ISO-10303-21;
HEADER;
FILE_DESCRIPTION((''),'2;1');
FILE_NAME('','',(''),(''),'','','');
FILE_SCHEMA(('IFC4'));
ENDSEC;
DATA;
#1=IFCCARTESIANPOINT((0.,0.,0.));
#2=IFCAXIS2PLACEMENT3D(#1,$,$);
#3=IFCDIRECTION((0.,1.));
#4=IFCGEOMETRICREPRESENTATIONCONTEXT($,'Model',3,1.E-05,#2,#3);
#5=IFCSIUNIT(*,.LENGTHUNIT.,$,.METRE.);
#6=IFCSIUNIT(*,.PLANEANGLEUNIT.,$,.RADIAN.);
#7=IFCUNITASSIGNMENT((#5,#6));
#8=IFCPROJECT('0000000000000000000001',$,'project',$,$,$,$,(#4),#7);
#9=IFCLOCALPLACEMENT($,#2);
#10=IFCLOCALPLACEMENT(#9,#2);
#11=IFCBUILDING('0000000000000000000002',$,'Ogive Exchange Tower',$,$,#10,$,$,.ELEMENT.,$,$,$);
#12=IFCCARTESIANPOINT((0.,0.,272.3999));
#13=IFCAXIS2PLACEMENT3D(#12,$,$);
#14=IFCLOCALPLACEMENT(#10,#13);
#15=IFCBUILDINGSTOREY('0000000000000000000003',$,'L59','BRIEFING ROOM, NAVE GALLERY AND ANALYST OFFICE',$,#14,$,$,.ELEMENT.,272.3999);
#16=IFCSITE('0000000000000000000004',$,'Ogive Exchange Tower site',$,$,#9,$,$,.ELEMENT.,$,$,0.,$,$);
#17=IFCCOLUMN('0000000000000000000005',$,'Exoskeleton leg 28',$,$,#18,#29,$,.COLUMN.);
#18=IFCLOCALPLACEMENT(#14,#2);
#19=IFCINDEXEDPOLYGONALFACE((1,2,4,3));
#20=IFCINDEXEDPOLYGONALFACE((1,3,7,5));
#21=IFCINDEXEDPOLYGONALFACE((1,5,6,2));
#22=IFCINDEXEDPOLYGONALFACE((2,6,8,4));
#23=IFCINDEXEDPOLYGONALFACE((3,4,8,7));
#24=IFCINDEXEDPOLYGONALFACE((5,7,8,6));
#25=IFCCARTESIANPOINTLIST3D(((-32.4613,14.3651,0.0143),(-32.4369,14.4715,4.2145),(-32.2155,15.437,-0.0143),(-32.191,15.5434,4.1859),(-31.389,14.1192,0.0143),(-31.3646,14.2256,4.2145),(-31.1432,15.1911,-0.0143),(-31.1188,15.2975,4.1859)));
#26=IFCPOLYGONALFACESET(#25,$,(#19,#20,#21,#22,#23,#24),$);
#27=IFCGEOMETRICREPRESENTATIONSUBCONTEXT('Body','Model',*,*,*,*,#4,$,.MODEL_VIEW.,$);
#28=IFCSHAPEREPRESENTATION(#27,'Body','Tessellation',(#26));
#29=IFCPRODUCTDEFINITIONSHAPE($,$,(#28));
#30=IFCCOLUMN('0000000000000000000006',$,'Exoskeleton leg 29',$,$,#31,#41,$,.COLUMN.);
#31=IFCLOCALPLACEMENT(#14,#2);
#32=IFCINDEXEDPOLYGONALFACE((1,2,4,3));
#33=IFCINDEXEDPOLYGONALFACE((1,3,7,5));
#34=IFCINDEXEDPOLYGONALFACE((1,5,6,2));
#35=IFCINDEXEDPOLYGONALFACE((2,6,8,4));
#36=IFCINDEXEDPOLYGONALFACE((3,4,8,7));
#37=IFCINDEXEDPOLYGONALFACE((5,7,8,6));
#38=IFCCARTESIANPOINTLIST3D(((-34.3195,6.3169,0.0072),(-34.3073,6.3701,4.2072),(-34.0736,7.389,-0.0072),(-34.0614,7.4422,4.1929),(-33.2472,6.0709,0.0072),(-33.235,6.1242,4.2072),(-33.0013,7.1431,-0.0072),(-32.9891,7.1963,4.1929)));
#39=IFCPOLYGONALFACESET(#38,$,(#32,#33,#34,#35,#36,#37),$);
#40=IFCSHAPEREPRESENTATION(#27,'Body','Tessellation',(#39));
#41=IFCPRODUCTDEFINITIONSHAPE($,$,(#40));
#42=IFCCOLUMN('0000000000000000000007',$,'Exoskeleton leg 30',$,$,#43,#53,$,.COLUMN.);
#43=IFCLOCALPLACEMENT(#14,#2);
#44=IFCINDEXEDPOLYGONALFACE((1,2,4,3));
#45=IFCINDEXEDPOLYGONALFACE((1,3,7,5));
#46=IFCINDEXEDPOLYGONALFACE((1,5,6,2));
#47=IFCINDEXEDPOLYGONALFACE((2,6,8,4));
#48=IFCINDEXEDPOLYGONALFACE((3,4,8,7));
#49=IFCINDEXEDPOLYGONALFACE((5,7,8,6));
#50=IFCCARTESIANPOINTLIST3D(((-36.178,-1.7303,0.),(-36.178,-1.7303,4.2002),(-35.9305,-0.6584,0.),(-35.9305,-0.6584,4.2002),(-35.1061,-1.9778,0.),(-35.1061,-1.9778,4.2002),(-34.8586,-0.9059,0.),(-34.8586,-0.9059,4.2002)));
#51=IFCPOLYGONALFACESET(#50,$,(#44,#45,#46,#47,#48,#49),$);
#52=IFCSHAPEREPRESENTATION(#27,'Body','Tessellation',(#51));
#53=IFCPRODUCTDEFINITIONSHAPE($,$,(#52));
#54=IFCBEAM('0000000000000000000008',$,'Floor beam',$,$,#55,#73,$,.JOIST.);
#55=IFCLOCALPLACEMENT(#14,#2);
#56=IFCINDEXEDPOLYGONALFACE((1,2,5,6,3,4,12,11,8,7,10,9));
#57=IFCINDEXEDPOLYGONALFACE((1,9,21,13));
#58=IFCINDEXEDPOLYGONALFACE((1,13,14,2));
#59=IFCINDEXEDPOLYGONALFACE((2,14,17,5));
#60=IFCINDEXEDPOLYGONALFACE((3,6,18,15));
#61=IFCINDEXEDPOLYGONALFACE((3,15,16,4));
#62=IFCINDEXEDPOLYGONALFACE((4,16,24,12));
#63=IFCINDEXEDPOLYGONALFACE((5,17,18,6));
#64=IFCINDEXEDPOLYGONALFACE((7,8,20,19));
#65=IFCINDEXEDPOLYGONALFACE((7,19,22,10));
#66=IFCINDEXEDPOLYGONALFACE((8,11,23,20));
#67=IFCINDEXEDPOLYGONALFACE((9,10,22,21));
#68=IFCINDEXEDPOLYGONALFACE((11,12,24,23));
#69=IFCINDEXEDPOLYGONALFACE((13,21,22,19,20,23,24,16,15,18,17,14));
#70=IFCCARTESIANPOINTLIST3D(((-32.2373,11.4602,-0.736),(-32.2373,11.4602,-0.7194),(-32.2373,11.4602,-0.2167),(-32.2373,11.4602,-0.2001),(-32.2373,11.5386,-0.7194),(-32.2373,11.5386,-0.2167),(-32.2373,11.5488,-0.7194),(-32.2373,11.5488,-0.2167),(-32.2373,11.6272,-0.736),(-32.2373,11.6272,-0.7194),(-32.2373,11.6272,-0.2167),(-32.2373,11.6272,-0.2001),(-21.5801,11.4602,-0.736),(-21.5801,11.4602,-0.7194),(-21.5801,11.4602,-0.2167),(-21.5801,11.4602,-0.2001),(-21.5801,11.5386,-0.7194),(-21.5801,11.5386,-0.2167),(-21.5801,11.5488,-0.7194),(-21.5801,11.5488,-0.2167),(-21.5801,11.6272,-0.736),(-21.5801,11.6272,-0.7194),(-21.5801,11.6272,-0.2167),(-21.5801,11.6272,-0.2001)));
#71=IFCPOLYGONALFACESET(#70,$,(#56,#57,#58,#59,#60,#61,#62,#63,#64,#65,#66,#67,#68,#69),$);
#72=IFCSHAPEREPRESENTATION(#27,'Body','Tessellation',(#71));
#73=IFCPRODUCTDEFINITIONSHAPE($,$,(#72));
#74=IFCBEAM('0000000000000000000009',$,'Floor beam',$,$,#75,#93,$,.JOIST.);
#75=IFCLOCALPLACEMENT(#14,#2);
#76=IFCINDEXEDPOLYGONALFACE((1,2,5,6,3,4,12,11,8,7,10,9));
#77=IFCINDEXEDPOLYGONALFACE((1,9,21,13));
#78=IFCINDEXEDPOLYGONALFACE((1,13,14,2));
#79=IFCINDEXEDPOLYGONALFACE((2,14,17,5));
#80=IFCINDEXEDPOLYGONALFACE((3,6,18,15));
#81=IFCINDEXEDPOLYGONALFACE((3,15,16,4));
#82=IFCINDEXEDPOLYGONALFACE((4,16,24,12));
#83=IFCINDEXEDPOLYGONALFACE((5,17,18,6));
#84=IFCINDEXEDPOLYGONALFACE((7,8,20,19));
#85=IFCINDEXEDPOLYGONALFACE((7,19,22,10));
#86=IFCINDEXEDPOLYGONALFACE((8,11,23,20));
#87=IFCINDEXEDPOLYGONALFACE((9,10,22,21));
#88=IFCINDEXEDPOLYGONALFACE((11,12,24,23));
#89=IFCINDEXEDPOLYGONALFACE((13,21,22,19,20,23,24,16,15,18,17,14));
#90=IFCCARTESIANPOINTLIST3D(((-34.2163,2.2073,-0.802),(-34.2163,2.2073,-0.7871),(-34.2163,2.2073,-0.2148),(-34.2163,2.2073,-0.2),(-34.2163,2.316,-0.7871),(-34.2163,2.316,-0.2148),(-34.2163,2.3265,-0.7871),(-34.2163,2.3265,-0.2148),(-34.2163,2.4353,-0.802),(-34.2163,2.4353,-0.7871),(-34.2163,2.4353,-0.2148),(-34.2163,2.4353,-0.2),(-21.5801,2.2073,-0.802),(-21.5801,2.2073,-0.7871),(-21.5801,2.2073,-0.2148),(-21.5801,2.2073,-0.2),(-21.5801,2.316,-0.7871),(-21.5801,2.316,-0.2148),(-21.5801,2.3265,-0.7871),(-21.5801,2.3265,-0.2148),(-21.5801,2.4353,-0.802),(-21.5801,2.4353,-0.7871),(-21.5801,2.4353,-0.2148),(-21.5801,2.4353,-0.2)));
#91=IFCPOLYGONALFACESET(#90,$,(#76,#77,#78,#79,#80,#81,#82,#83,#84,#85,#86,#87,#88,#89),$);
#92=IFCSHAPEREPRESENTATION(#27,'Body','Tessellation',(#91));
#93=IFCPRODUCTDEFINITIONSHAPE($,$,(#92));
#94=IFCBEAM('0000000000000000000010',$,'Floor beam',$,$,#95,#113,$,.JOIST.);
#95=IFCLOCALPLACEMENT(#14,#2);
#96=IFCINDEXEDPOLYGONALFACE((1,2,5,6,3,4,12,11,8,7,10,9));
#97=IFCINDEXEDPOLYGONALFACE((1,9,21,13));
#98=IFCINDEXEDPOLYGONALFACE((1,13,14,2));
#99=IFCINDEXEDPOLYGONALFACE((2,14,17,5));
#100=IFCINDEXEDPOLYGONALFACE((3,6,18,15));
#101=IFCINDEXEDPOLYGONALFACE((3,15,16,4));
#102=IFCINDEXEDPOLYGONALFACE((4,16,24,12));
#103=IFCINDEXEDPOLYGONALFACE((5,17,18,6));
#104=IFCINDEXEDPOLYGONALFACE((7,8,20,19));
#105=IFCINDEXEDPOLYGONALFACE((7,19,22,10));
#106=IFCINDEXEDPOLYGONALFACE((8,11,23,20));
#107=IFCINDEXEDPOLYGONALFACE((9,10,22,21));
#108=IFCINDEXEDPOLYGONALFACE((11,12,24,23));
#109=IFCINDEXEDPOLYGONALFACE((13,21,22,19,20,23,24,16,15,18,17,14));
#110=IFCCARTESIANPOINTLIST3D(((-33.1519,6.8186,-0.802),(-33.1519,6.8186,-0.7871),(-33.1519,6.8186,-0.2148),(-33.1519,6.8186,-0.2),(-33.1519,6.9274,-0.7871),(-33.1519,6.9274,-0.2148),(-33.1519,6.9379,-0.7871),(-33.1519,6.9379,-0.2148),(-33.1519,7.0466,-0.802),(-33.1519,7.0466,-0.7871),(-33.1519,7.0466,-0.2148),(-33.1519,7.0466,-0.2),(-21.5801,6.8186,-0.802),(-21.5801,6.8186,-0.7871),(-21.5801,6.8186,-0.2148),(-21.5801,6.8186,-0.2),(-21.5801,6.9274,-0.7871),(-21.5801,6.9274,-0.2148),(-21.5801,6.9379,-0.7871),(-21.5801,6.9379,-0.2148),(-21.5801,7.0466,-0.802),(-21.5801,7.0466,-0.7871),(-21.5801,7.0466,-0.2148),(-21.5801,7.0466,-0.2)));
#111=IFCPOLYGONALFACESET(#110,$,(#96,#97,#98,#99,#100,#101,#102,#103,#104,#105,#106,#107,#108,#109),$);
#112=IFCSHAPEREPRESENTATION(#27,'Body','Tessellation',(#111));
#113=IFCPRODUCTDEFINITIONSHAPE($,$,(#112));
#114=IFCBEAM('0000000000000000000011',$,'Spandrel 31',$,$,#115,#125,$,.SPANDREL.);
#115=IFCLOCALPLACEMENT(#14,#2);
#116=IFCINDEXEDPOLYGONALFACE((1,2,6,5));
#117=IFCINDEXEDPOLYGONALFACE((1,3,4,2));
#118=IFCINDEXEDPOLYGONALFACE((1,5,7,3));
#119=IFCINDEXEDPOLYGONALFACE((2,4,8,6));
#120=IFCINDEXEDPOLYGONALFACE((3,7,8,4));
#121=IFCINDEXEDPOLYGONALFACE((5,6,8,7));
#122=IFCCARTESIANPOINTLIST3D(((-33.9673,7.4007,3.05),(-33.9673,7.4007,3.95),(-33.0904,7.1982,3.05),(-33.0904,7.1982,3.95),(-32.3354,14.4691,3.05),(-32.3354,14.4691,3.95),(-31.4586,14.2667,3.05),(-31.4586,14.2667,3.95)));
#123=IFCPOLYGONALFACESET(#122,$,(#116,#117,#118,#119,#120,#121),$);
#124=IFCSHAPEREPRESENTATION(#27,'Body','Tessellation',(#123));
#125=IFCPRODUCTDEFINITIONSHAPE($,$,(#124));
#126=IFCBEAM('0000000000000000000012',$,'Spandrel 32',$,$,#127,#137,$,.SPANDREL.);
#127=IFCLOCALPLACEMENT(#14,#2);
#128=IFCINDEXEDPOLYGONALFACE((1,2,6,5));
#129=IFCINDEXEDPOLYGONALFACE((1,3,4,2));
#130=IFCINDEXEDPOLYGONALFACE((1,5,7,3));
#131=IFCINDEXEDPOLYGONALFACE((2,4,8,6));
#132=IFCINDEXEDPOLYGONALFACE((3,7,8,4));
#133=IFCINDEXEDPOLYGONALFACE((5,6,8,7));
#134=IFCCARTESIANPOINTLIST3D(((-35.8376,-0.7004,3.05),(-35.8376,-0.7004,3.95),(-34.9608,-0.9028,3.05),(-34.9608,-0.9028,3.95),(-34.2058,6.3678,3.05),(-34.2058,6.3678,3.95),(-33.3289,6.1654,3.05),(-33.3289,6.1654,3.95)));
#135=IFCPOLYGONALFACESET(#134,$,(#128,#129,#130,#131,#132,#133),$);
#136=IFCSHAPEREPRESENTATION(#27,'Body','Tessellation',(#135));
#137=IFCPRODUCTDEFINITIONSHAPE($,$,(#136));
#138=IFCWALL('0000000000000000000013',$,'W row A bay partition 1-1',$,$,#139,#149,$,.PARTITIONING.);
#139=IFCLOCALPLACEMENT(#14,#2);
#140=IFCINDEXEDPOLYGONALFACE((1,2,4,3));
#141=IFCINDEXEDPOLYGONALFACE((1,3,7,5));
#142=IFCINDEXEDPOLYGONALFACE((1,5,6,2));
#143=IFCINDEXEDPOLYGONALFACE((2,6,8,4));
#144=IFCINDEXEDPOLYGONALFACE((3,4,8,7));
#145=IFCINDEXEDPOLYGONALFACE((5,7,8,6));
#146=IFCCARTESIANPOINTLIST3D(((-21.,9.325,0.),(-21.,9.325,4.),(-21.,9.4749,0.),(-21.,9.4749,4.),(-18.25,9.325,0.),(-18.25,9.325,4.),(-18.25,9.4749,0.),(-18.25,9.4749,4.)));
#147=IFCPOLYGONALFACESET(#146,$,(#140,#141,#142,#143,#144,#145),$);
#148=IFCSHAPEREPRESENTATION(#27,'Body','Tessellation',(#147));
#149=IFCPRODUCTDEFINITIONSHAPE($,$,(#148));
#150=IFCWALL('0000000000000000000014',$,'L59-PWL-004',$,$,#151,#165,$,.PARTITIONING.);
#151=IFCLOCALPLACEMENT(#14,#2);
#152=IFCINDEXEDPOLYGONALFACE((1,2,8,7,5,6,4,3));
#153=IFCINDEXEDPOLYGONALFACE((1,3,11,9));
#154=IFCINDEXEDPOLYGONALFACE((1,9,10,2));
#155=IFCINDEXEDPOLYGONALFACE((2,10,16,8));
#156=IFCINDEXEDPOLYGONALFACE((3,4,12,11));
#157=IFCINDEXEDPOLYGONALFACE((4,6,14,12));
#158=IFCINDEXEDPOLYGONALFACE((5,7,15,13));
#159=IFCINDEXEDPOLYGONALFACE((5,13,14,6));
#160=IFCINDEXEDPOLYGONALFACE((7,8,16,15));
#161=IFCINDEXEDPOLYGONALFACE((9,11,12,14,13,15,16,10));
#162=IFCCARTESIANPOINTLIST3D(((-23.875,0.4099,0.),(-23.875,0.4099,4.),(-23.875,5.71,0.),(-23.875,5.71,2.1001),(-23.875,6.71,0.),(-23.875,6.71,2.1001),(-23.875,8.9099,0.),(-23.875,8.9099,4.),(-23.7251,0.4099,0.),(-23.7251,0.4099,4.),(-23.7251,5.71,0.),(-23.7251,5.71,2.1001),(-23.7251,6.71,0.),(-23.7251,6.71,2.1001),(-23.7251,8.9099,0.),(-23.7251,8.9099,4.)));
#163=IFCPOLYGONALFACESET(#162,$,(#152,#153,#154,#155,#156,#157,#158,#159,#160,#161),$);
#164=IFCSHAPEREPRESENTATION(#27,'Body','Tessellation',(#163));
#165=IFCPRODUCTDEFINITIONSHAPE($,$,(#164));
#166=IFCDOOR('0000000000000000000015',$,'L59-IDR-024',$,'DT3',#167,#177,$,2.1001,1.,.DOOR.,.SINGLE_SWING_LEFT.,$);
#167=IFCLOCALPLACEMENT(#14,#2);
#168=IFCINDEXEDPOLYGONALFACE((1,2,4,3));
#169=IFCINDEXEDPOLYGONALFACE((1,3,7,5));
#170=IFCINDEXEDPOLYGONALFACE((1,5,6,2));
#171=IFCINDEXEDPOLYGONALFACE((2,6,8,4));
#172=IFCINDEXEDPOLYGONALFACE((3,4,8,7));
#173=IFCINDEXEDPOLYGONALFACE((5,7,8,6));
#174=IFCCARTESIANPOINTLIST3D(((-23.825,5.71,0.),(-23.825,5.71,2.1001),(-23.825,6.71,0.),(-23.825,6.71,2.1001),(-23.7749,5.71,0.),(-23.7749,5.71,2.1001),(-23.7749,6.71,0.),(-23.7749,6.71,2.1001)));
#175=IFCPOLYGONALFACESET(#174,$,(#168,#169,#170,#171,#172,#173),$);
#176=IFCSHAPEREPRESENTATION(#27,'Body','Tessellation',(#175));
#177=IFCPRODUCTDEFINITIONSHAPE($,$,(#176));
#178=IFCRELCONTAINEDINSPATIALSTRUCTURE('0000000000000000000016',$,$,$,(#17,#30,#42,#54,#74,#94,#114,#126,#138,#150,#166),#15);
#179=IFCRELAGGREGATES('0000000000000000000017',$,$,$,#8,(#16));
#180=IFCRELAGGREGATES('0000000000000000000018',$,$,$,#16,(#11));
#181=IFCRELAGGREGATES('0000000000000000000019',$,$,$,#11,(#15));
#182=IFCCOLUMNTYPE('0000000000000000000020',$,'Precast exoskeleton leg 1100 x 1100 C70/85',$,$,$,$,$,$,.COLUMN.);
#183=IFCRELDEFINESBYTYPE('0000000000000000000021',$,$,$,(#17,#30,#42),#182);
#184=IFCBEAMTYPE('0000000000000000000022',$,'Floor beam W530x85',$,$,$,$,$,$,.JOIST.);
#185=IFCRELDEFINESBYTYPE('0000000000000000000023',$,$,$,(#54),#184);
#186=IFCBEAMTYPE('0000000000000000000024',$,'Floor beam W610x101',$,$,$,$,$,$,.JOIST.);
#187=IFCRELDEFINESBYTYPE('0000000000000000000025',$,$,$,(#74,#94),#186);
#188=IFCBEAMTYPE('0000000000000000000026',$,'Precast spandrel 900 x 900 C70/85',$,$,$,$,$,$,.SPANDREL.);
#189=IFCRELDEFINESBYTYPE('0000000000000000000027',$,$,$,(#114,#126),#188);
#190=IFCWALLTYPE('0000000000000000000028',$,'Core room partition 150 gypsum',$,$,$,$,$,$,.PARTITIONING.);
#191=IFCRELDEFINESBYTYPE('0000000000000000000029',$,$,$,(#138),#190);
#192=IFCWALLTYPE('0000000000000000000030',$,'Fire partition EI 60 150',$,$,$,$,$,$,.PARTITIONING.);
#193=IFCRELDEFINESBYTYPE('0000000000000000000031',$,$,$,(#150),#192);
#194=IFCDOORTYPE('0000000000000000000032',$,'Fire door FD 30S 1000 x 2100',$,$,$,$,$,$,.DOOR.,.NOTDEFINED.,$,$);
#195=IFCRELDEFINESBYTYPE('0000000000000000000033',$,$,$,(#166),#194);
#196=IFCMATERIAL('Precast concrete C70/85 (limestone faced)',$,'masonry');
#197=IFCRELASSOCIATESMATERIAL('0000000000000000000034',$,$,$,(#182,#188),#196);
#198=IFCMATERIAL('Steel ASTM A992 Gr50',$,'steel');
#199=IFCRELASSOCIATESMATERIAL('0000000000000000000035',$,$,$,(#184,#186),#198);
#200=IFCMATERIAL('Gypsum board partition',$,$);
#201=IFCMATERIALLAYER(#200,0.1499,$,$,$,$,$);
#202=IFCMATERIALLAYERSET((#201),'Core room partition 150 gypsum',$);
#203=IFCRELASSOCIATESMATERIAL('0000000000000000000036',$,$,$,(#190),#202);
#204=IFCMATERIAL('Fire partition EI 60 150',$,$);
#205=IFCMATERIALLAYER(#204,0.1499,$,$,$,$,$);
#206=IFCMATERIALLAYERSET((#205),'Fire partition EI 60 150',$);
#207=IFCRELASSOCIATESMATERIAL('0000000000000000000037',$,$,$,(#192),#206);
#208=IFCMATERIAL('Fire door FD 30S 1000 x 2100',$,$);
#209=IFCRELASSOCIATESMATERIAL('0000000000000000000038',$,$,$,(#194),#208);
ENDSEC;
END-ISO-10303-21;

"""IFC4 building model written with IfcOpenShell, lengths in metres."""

from ifc_helpers import new_model, si_unit, direction, frame, frame_2d, origin, origin_2d, place, context, subcontext, project, spatial, rectangle, i_section, extrude, material, layer, layer_set, material_profile, profile_set, type_object, element, fill, save


model = new_model("IFC4")

# Units and contexts
model_context = context("Model", 3, precision=1e-05, world=origin(), true_north=direction((0.0, 1.0)))
body_context = subcontext(model_context, "Body", "Model", "MODEL_VIEW")
ifc_project = project(units=[si_unit("LENGTHUNIT", "METRE"), si_unit("PLANEANGLEUNIT", "RADIAN")], contexts=[model_context])

# Site, building, storey
site_placement = place(None, origin())
site = spatial("IfcSite", under=ifc_project, at=site_placement, Name="Ogive Exchange Tower site", CompositionType="ELEMENT", RefElevation=0.0)
building_placement = place(site_placement, origin())
building = spatial("IfcBuilding", under=site, at=building_placement, Name="Ogive Exchange Tower", CompositionType="ELEMENT")
storey_placement = place(building_placement, frame((0.0, 0.0, 272.3999)))
storey = spatial("IfcBuildingStorey", under=building, at=storey_placement, Name="L59", Description="BRIEFING ROOM, NAVE GALLERY AND ANALYST OFFICE", CompositionType="ELEMENT", Elevation=272.3999)

# Columns
ifc_material_1 = material(Name="Precast concrete C70/85 (limestone faced)", Category="masonry")
ifc_material_profile_1 = material_profile(ifc_material_1, rectangle(XDim=1.1001, YDim=1.1001, at=origin_2d()), Name="1100 x 1100")
ifc_profile_set_1 = profile_set([ifc_material_profile_1], Name="Precast concrete C70/85 (limestone faced)")
column_type = type_object("IfcColumnType", Name="Precast exoskeleton leg 1100 x 1100 C70/85", PredefinedType="COLUMN", material=ifc_profile_set_1)
column_1_placement = place(storey_placement, frame((-31.8022, 14.7781, 0.0), z_axis=(0.005811, 0.025334, 0.999662), x_axis=(-0.974692, 0.223553, 0.0)))
element("IfcColumn", 1, at=column_1_placement, inside=storey, type_object=column_type, Name="Exoskeleton leg 28", PredefinedType="COLUMN", context=body_context, shape_type="SweptSolid", body=[
    extrude(rectangle(XDim=1.1001, YDim=1.1001, at=origin_2d()), origin(), (0.0, 0.0, 1.0), 4.2017),
])
column_2_placement = place(storey_placement, frame((-33.6604, 6.73, 0.0), z_axis=(0.002906, 0.01267, 0.999916), x_axis=(-0.974692, 0.223553, 0.0)))
element("IfcColumn", 2, at=column_2_placement, inside=storey, type_object=column_type, Name="Exoskeleton leg 29", PredefinedType="COLUMN", context=body_context, shape_type="SweptSolid", body=[
    extrude(rectangle(XDim=1.1001, YDim=1.1001, at=origin_2d()), origin(), (0.0, 0.0, 1.0), 4.2004),
])
column_3_placement = place(storey_placement, frame((-35.5183, -1.3181, 0.0), z_axis=(0.0, 0.0, 1.0), x_axis=(0.97437, -0.224951, 0.0)))
element("IfcColumn", 3, at=column_3_placement, inside=storey, type_object=column_type, Name="Exoskeleton leg 30", PredefinedType="COLUMN", context=body_context, shape_type="SweptSolid", body=[
    extrude(rectangle(XDim=1.1001, YDim=1.1001, at=origin_2d()), origin(), (0.0, 0.0, 1.0), 4.2002),
])

# Beams
ifc_material_2 = material(Name="Steel ASTM A992 Gr50", Category="steel")
ifc_material_profile_2 = material_profile(ifc_material_2, i_section(OverallWidth=0.167, OverallDepth=0.5359, WebThickness=0.0103, FlangeThickness=0.0166, at=origin_2d()), Name="W530x85")
ifc_profile_set_2 = profile_set([ifc_material_profile_2], Name="Steel ASTM A992 Gr50")
beam_type_1 = type_object("IfcBeamType", Name="Floor beam W530x85", PredefinedType="JOIST", material=ifc_profile_set_2)
beam_1_placement = place(storey_placement, frame((-32.2373, 11.5437, -0.468), z_axis=(1.0, 0.0, 0.0), x_axis=(0.0, 1.0, 0.0)))
element("IfcBeam", 4, at=beam_1_placement, inside=storey, type_object=beam_type_1, Name="Floor beam", PredefinedType="JOIST", context=body_context, shape_type="SweptSolid", body=[
    extrude(i_section(OverallWidth=0.167, OverallDepth=0.5359, WebThickness=0.0103, FlangeThickness=0.0166, at=origin_2d()), origin(), (0.0, 0.0, 1.0), 10.6572),
])
ifc_material_profile_3 = material_profile(ifc_material_2, i_section(OverallWidth=0.228, OverallDepth=0.6021, WebThickness=0.0105, FlangeThickness=0.0149, at=origin_2d()), Name="W610x101")
ifc_profile_set_3 = profile_set([ifc_material_profile_3], Name="Steel ASTM A992 Gr50")
beam_type_2 = type_object("IfcBeamType", Name="Floor beam W610x101", PredefinedType="JOIST", material=ifc_profile_set_3)
beam_2_placement = place(storey_placement, frame((-34.2163, 2.3213, -0.501), z_axis=(1.0, 0.0, 0.0), x_axis=(0.0, 1.0, 0.0)))
element("IfcBeam", 5, at=beam_2_placement, inside=storey, type_object=beam_type_2, Name="Floor beam", PredefinedType="JOIST", context=body_context, shape_type="SweptSolid", body=[
    extrude(i_section(OverallWidth=0.228, OverallDepth=0.6021, WebThickness=0.0105, FlangeThickness=0.0149, at=origin_2d()), origin(), (0.0, 0.0, 1.0), 12.6362),
])
beam_3_placement = place(storey_placement, frame((-33.1519, 6.9326, -0.501), z_axis=(1.0, 0.0, 0.0), x_axis=(0.0, 1.0, 0.0)))
element("IfcBeam", 6, at=beam_3_placement, inside=storey, type_object=beam_type_2, Name="Floor beam", PredefinedType="JOIST", context=body_context, shape_type="SweptSolid", body=[
    extrude(i_section(OverallWidth=0.228, OverallDepth=0.6021, WebThickness=0.0105, FlangeThickness=0.0149, at=origin_2d()), origin(), (0.0, 0.0, 1.0), 11.5718),
])
ifc_material_profile_4 = material_profile(ifc_material_1, rectangle(XDim=0.8999, YDim=0.8999, at=origin_2d()), Name="900 x 900")
ifc_profile_set_4 = profile_set([ifc_material_profile_4], Name="Precast concrete C70/85 (limestone faced)")
beam_type_3 = type_object("IfcBeamType", Name="Precast spandrel 900 x 900 C70/85", PredefinedType="SPANDREL", material=ifc_profile_set_4)
beam_4_placement = place(storey_placement, frame((-31.897, 14.3679, 3.5), z_axis=(-0.224948, -0.974371, 0.0), x_axis=(0.974371, -0.224948, 0.0)))
element("IfcBeam", 7, at=beam_4_placement, inside=storey, type_object=beam_type_3, Name="Spandrel 31", PredefinedType="SPANDREL", context=body_context, shape_type="SweptSolid", body=[
    extrude(rectangle(XDim=0.8999, YDim=0.8999, at=origin_2d()), origin(), (0.0, 0.0, 1.0), 7.2544),
])
beam_5_placement = place(storey_placement, frame((-33.7673, 6.2666, 3.5), z_axis=(-0.224955, -0.974369, 0.0), x_axis=(0.974369, -0.224955, 0.0)))
element("IfcBeam", 8, at=beam_5_placement, inside=storey, type_object=beam_type_3, Name="Spandrel 32", PredefinedType="SPANDREL", context=body_context, shape_type="SweptSolid", body=[
    extrude(rectangle(XDim=0.8999, YDim=0.8999, at=origin_2d()), origin(), (0.0, 0.0, 1.0), 7.2542),
])

# Wall
ifc_material_3 = material(Name="Gypsum board partition")
ifc_layer_1 = layer(ifc_material_3, 0.1499)
ifc_layer_set_1 = layer_set([ifc_layer_1], Name="Core room partition 150 gypsum")
wall_type_1 = type_object("IfcWallType", Name="Core room partition 150 gypsum", PredefinedType="PARTITIONING", material=ifc_layer_set_1)
wall_1_placement = place(storey_placement, frame((-21.0, 9.3999, 0.0), z_axis=(0.0, 0.0, 1.0), x_axis=(1.0, 0.0, 0.0)))
element("IfcWall", 9, at=wall_1_placement, inside=storey, type_object=wall_type_1, Name="W row A bay partition 1-1", PredefinedType="PARTITIONING", context=body_context, shape_type="SweptSolid", body=[
    extrude(rectangle(XDim=2.75, YDim=0.1499, at=frame_2d((1.375, 0.0))), origin(), (0.0, 0.0, 1.0), 4.0),
])

# Wall, opening, door
ifc_material_4 = material(Name="Fire partition EI 60 150")
ifc_layer_2 = layer(ifc_material_4, 0.1499)
ifc_layer_set_2 = layer_set([ifc_layer_2], Name="Fire partition EI 60 150")
wall_type_2 = type_object("IfcWallType", Name="Fire partition EI 60 150", PredefinedType="PARTITIONING", material=ifc_layer_set_2)
wall_2_placement = place(storey_placement, frame((-23.8, 0.4099, 0.0), z_axis=(0.0, 0.0, 1.0), x_axis=(0.0, 1.0, 0.0)))
wall_2 = element("IfcWall", 10, at=wall_2_placement, inside=storey, type_object=wall_type_2, Name="L59-PWL-004", PredefinedType="PARTITIONING", context=body_context, shape_type="SweptSolid", body=[
    extrude(rectangle(XDim=8.5, YDim=0.1499, at=frame_2d((4.25, 0.0))), origin(), (0.0, 0.0, 1.0), 4.0),
])
opening_1_placement = place(wall_2_placement, frame((5.3, 0.0, 0.0)))
opening_1 = element("IfcOpeningElement", 11, at=opening_1_placement, cuts=wall_2, PredefinedType="OPENING", context=body_context, shape_type="SweptSolid", body=[
    extrude(rectangle(XDim=1.0, YDim=2.1001, at=frame_2d((0.5, 1.05))), frame((0.0, 0.085, 0.0), z_axis=(0.0, -1.0, 0.0), x_axis=(1.0, 0.0, 0.0)), (0.0, 0.0, 1.0), 0.1699),
])
ifc_material_5 = material(Name="Fire door FD 30S 1000 x 2100")
door_type = type_object("IfcDoorType", Name="Fire door FD 30S 1000 x 2100", OperationType="NOTDEFINED", PredefinedType="DOOR", material=ifc_material_5)
door_1_placement = place(opening_1_placement, origin())
door_1 = element("IfcDoor", 12, at=door_1_placement, inside=storey, type_object=door_type, Name="L59-IDR-024", ObjectType="DT3", OperationType="SINGLE_SWING_LEFT", OverallHeight=2.1001, OverallWidth=1.0, PredefinedType="DOOR", context=body_context, shape_type="SweptSolid", body=[
    extrude(rectangle(XDim=1.0, YDim=2.1001, at=frame_2d((0.5, 1.05))), frame((0.0, 0.0249, 0.0), z_axis=(0.0, -1.0, 0.0), x_axis=(1.0, 0.0, 0.0)), (0.0, 0.0, 1.0), 0.05),
])
fill(opening_1, door_1)

save(model, "model.ifc")
